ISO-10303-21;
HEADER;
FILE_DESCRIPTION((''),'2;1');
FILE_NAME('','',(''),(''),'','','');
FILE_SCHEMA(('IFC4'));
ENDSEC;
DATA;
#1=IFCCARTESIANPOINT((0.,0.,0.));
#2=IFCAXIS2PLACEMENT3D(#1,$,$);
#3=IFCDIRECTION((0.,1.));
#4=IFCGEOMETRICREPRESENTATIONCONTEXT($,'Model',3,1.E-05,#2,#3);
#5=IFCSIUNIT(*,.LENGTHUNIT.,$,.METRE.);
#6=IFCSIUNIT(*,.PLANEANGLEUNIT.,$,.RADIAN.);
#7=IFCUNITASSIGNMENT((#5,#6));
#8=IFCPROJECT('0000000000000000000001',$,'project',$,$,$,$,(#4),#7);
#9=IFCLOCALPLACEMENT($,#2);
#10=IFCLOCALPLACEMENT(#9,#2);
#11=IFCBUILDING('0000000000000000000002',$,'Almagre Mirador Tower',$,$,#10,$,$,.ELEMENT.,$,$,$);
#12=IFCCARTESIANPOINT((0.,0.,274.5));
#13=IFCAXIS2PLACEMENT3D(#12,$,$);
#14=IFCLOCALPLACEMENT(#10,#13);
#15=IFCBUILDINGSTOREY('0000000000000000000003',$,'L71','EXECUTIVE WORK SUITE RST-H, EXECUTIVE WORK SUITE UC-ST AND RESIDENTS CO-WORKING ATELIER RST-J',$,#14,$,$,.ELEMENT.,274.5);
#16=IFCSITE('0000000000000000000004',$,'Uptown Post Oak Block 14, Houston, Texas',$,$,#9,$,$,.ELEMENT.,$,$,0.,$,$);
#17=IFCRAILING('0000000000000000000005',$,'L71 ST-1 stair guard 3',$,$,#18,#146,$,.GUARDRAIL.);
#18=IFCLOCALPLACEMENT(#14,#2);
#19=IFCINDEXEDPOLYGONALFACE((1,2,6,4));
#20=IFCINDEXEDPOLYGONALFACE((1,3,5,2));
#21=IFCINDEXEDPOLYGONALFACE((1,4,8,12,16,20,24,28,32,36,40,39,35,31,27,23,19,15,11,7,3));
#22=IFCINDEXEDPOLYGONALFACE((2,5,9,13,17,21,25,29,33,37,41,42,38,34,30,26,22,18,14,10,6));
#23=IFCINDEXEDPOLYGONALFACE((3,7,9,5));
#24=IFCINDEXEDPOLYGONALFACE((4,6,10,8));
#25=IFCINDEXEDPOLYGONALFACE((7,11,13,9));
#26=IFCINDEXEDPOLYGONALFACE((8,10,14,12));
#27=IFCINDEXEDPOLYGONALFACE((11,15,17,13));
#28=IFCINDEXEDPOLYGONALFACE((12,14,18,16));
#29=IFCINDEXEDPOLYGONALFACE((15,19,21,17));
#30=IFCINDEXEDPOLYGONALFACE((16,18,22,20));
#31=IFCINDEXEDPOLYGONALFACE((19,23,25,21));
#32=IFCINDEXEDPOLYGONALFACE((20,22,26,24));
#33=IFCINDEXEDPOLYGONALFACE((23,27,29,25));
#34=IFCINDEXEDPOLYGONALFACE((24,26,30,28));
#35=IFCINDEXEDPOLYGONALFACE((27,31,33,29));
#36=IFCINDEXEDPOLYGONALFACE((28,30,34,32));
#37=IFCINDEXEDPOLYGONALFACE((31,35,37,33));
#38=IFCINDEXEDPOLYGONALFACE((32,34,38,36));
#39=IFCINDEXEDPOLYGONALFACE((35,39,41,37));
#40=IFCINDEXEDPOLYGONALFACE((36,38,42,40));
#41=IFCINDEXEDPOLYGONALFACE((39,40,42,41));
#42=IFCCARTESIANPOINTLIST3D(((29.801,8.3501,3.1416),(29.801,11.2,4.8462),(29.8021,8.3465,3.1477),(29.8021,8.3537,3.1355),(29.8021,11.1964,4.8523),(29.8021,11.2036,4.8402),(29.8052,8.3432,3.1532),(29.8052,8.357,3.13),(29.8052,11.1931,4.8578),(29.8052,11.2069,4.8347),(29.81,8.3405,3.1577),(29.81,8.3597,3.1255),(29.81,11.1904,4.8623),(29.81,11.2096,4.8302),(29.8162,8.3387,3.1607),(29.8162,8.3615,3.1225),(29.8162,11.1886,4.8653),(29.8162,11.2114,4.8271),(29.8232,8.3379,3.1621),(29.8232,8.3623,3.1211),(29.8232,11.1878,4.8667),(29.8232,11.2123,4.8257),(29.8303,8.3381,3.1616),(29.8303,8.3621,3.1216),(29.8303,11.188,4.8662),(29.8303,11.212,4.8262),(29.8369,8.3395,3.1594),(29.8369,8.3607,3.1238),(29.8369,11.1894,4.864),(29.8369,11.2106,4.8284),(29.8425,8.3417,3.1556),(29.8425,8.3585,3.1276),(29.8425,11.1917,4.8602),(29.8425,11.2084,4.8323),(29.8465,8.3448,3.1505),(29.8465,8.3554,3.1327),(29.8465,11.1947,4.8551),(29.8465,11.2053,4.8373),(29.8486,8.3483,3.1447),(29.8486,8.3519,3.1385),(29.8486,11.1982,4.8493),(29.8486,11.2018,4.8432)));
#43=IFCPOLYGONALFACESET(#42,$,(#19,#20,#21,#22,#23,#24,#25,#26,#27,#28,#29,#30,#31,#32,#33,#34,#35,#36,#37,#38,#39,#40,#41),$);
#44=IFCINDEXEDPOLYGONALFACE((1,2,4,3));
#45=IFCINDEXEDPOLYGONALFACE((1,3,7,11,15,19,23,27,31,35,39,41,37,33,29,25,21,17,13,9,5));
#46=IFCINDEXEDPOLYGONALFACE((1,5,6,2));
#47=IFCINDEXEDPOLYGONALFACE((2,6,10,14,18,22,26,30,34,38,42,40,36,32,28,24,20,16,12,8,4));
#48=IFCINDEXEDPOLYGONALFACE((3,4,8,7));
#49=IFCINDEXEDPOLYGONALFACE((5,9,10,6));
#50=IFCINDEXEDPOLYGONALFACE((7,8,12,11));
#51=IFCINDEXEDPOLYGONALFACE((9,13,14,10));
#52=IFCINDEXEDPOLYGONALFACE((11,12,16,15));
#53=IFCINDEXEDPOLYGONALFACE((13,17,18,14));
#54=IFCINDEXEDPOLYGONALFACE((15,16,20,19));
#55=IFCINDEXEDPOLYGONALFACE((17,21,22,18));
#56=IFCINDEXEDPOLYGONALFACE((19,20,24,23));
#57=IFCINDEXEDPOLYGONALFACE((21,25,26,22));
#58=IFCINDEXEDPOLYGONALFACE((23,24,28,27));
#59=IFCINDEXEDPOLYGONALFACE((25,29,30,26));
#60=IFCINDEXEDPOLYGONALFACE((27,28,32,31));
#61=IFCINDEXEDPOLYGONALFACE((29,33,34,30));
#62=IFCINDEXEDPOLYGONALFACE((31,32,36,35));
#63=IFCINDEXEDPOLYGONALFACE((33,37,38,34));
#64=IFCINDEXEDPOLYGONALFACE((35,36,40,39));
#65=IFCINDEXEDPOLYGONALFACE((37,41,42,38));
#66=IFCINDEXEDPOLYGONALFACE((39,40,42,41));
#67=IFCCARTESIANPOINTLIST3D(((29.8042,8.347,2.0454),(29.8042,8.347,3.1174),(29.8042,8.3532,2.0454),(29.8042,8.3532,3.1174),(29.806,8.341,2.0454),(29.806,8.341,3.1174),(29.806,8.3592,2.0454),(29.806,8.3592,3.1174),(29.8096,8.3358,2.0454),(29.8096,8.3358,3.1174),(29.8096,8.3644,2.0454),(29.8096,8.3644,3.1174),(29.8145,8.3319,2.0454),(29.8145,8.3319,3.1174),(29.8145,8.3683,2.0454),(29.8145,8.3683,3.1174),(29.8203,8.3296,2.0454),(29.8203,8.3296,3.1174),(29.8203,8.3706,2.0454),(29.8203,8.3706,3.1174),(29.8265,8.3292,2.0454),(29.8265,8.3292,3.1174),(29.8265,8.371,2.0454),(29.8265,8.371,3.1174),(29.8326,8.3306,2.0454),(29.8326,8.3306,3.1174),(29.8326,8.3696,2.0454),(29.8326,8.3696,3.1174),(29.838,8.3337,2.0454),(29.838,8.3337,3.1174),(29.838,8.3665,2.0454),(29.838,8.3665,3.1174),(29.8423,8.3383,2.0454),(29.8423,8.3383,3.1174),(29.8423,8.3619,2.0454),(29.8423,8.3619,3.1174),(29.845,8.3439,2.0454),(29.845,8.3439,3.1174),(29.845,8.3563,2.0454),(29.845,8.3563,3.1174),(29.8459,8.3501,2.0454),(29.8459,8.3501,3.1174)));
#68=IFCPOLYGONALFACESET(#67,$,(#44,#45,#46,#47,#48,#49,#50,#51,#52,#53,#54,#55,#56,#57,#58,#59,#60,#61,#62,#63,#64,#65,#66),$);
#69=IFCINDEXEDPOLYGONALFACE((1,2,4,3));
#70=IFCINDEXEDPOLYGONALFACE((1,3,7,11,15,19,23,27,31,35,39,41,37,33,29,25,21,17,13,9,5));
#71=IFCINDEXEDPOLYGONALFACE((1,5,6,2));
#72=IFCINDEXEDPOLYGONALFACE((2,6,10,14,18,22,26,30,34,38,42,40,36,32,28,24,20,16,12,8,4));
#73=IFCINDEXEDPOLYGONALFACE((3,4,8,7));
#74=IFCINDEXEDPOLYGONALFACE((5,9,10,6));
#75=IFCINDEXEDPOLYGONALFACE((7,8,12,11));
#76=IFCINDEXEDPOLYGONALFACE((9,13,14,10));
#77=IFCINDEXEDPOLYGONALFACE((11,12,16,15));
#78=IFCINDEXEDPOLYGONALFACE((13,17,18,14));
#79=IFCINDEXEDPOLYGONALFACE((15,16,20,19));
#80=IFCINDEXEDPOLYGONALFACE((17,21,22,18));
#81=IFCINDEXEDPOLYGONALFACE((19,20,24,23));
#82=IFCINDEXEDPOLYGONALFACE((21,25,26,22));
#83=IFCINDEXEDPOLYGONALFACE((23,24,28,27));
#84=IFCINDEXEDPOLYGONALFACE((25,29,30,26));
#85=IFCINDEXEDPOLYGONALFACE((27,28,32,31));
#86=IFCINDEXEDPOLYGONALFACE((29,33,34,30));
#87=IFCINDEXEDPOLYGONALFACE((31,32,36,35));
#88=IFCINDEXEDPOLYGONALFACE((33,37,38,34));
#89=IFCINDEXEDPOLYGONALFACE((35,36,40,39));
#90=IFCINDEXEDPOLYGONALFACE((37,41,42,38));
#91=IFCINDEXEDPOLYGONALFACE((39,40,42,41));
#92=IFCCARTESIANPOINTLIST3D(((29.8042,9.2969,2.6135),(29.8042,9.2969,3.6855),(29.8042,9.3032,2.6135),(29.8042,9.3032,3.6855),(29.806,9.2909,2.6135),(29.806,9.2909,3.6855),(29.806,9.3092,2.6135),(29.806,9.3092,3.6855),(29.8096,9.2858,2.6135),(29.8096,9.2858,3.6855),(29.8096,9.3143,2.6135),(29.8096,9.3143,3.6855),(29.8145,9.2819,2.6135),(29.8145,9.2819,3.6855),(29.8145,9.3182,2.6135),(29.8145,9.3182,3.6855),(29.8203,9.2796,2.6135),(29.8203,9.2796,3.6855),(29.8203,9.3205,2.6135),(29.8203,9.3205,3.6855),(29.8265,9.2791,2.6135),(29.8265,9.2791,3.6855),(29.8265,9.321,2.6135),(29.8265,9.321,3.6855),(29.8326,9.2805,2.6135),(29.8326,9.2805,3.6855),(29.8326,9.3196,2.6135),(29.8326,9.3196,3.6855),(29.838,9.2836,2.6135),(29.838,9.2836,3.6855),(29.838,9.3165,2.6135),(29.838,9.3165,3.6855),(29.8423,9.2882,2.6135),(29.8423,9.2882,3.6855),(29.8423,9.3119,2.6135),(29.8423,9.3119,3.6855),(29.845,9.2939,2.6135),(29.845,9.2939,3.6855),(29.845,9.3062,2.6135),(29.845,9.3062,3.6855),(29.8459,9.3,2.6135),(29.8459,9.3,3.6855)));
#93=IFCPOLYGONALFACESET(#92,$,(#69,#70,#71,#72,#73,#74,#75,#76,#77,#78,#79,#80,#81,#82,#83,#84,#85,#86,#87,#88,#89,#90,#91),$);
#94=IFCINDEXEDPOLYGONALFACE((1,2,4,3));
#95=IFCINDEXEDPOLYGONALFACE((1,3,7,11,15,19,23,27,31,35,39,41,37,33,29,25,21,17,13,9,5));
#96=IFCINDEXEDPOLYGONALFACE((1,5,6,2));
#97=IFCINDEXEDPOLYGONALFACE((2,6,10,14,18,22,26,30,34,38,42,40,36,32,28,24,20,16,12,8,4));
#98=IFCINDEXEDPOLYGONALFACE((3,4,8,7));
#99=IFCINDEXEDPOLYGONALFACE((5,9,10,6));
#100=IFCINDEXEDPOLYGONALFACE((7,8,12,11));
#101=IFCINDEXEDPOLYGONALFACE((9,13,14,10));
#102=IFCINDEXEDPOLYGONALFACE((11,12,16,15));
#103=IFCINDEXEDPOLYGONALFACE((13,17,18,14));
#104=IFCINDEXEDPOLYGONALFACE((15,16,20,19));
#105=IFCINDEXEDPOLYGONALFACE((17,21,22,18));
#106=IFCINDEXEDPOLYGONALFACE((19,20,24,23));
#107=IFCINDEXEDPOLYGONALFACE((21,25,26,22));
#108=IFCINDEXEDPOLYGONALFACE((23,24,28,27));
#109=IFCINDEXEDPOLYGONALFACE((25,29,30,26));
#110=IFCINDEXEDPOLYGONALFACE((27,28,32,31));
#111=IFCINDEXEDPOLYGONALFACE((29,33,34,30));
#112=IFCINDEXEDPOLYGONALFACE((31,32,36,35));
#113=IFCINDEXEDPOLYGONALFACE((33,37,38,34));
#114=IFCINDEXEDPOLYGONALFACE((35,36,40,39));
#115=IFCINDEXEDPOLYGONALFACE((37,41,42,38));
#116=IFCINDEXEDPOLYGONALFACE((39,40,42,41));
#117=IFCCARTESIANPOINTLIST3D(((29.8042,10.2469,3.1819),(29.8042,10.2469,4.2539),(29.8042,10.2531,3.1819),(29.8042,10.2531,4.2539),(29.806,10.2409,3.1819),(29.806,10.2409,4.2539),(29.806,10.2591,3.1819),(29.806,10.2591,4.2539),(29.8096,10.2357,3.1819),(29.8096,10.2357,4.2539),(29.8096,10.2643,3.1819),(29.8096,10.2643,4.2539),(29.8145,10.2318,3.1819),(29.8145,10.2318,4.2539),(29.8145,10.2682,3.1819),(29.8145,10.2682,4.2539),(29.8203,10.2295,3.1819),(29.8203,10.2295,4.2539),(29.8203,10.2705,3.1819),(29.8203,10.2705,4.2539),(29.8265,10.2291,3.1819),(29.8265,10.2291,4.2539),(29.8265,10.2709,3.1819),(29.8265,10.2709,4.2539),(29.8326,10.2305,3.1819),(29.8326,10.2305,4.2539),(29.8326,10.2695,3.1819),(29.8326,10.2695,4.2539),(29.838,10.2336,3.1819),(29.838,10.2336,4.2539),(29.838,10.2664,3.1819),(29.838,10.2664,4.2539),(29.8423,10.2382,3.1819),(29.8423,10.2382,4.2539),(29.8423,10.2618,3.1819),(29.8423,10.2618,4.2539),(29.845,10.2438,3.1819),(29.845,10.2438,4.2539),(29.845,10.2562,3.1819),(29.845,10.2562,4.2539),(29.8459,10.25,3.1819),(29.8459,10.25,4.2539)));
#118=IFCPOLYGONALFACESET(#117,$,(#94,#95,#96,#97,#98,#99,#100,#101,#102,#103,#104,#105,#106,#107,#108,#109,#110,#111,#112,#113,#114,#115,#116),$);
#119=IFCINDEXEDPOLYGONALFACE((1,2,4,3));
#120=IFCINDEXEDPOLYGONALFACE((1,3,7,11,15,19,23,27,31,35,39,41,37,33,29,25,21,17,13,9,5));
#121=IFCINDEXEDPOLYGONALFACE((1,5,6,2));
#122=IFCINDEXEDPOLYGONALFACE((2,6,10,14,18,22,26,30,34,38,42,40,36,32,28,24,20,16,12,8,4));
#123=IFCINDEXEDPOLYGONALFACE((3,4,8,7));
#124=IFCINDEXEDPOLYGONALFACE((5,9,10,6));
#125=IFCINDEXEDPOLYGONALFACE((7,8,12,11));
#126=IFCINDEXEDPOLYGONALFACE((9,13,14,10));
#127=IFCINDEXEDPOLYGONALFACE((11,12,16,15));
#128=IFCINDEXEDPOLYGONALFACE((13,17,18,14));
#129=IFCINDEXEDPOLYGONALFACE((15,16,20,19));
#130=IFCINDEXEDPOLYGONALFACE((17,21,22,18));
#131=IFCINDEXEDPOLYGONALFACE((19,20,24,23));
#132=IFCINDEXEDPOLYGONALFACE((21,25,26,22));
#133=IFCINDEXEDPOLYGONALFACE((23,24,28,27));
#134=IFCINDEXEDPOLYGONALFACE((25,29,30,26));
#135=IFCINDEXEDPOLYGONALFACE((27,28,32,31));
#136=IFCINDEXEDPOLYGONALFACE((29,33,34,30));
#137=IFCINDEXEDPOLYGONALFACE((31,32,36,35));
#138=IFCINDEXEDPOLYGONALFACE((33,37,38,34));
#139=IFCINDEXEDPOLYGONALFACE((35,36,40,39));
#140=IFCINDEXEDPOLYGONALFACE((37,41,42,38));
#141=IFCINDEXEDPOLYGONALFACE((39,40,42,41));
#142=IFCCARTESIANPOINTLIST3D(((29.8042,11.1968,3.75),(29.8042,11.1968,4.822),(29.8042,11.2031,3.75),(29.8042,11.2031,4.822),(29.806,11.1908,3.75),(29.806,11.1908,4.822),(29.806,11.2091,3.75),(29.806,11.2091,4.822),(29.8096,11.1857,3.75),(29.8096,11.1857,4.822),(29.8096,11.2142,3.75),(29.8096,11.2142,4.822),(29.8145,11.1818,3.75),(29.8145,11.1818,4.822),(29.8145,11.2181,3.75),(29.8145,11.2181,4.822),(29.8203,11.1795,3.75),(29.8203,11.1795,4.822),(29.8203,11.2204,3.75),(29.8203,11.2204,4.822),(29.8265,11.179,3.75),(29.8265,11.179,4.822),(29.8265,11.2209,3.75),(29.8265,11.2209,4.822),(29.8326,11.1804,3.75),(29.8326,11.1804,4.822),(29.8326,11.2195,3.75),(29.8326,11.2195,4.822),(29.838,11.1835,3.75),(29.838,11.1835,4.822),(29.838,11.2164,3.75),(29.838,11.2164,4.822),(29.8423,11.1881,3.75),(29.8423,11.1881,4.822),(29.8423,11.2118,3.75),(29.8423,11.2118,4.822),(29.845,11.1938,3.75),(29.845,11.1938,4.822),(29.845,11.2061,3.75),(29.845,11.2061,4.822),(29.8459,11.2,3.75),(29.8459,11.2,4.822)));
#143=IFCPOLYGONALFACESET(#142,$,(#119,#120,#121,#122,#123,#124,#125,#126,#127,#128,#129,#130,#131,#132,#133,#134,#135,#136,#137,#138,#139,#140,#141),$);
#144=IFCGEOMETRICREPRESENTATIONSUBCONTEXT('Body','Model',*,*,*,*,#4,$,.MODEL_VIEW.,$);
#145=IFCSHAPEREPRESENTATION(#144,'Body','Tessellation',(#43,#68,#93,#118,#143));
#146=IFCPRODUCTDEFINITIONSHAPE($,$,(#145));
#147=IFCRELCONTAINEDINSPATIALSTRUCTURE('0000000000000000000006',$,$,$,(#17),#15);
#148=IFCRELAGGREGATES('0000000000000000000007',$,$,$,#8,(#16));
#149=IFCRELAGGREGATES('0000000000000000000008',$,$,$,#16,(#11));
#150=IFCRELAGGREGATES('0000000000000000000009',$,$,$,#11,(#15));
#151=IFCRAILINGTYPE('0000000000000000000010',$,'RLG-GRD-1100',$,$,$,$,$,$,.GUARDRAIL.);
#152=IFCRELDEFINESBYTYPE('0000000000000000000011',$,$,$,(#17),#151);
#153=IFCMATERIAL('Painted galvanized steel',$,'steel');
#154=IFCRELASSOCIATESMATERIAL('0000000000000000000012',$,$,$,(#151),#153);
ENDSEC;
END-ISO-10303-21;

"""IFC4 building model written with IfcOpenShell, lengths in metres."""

from ifc_helpers import new_model, si_unit, direction, frame, origin, origin_2d, place, context, subcontext, project, spatial, circle, extrude, material, type_object, element, save


model = new_model("IFC4")

# Units and contexts
model_context = context("Model", 3, precision=1e-05, world=origin(), true_north=direction((0.0, 1.0)))
body_context = subcontext(model_context, "Body", "Model", "MODEL_VIEW")
ifc_project = project(units=[si_unit("LENGTHUNIT", "METRE"), si_unit("PLANEANGLEUNIT", "RADIAN")], contexts=[model_context])

# Site, building, storey
site_placement = place(None, origin())
site = spatial("IfcSite", under=ifc_project, at=site_placement, Name="Uptown Post Oak Block 14, Houston, Texas", CompositionType="ELEMENT", RefElevation=0.0)
building_placement = place(site_placement, origin())
building = spatial("IfcBuilding", under=site, at=building_placement, Name="Almagre Mirador Tower", CompositionType="ELEMENT")
storey_placement = place(building_placement, frame((0.0, 0.0, 274.5)))
storey = spatial("IfcBuildingStorey", under=building, at=storey_placement, Name="L71", Description="EXECUTIVE WORK SUITE RST-H, EXECUTIVE WORK SUITE UC-ST AND RESIDENTS CO-WORKING ATELIER RST-J", CompositionType="ELEMENT", Elevation=274.5)

# Railing
ifc_material_1 = material(Name="Painted galvanized steel", Category="steel")
railing_type_1 = type_object("IfcRailingType", Name="RLG-GRD-1100", PredefinedType="GUARDRAIL", material=ifc_material_1)
railing_1_placement = place(storey_placement, frame((29.825, 8.3501, 2.0454)))
element("IfcRailing", 1, at=railing_1_placement, inside=storey, type_object=railing_type_1, Name="L71 ST-1 stair guard 3", PredefinedType="GUARDRAIL", context=body_context, shape_type="SweptSolid", body=[
    extrude(circle(Radius=0.0239, at=origin_2d()), frame((0.0, 0.0, 1.0962), z_axis=(0.0, 0.858199, 0.513317), x_axis=(-1.0, 0.0, 0.0)), (0.0, 0.0, 1.0), 3.3208),
    extrude(circle(Radius=0.021, at=origin_2d()), origin(), (0.0, 0.0, 1.0), 1.072),
    extrude(circle(Radius=0.021, at=origin_2d()), frame((0.0, 0.95, 0.5681)), (0.0, 0.0, 1.0), 1.072),
    extrude(circle(Radius=0.021, at=origin_2d()), frame((0.0, 1.8999, 1.1365)), (0.0, 0.0, 1.0), 1.072),
    extrude(circle(Radius=0.021, at=origin_2d()), frame((0.0, 2.8499, 1.7046)), (0.0, 0.0, 1.0), 1.072),
])

save(model, "model.ifc")
